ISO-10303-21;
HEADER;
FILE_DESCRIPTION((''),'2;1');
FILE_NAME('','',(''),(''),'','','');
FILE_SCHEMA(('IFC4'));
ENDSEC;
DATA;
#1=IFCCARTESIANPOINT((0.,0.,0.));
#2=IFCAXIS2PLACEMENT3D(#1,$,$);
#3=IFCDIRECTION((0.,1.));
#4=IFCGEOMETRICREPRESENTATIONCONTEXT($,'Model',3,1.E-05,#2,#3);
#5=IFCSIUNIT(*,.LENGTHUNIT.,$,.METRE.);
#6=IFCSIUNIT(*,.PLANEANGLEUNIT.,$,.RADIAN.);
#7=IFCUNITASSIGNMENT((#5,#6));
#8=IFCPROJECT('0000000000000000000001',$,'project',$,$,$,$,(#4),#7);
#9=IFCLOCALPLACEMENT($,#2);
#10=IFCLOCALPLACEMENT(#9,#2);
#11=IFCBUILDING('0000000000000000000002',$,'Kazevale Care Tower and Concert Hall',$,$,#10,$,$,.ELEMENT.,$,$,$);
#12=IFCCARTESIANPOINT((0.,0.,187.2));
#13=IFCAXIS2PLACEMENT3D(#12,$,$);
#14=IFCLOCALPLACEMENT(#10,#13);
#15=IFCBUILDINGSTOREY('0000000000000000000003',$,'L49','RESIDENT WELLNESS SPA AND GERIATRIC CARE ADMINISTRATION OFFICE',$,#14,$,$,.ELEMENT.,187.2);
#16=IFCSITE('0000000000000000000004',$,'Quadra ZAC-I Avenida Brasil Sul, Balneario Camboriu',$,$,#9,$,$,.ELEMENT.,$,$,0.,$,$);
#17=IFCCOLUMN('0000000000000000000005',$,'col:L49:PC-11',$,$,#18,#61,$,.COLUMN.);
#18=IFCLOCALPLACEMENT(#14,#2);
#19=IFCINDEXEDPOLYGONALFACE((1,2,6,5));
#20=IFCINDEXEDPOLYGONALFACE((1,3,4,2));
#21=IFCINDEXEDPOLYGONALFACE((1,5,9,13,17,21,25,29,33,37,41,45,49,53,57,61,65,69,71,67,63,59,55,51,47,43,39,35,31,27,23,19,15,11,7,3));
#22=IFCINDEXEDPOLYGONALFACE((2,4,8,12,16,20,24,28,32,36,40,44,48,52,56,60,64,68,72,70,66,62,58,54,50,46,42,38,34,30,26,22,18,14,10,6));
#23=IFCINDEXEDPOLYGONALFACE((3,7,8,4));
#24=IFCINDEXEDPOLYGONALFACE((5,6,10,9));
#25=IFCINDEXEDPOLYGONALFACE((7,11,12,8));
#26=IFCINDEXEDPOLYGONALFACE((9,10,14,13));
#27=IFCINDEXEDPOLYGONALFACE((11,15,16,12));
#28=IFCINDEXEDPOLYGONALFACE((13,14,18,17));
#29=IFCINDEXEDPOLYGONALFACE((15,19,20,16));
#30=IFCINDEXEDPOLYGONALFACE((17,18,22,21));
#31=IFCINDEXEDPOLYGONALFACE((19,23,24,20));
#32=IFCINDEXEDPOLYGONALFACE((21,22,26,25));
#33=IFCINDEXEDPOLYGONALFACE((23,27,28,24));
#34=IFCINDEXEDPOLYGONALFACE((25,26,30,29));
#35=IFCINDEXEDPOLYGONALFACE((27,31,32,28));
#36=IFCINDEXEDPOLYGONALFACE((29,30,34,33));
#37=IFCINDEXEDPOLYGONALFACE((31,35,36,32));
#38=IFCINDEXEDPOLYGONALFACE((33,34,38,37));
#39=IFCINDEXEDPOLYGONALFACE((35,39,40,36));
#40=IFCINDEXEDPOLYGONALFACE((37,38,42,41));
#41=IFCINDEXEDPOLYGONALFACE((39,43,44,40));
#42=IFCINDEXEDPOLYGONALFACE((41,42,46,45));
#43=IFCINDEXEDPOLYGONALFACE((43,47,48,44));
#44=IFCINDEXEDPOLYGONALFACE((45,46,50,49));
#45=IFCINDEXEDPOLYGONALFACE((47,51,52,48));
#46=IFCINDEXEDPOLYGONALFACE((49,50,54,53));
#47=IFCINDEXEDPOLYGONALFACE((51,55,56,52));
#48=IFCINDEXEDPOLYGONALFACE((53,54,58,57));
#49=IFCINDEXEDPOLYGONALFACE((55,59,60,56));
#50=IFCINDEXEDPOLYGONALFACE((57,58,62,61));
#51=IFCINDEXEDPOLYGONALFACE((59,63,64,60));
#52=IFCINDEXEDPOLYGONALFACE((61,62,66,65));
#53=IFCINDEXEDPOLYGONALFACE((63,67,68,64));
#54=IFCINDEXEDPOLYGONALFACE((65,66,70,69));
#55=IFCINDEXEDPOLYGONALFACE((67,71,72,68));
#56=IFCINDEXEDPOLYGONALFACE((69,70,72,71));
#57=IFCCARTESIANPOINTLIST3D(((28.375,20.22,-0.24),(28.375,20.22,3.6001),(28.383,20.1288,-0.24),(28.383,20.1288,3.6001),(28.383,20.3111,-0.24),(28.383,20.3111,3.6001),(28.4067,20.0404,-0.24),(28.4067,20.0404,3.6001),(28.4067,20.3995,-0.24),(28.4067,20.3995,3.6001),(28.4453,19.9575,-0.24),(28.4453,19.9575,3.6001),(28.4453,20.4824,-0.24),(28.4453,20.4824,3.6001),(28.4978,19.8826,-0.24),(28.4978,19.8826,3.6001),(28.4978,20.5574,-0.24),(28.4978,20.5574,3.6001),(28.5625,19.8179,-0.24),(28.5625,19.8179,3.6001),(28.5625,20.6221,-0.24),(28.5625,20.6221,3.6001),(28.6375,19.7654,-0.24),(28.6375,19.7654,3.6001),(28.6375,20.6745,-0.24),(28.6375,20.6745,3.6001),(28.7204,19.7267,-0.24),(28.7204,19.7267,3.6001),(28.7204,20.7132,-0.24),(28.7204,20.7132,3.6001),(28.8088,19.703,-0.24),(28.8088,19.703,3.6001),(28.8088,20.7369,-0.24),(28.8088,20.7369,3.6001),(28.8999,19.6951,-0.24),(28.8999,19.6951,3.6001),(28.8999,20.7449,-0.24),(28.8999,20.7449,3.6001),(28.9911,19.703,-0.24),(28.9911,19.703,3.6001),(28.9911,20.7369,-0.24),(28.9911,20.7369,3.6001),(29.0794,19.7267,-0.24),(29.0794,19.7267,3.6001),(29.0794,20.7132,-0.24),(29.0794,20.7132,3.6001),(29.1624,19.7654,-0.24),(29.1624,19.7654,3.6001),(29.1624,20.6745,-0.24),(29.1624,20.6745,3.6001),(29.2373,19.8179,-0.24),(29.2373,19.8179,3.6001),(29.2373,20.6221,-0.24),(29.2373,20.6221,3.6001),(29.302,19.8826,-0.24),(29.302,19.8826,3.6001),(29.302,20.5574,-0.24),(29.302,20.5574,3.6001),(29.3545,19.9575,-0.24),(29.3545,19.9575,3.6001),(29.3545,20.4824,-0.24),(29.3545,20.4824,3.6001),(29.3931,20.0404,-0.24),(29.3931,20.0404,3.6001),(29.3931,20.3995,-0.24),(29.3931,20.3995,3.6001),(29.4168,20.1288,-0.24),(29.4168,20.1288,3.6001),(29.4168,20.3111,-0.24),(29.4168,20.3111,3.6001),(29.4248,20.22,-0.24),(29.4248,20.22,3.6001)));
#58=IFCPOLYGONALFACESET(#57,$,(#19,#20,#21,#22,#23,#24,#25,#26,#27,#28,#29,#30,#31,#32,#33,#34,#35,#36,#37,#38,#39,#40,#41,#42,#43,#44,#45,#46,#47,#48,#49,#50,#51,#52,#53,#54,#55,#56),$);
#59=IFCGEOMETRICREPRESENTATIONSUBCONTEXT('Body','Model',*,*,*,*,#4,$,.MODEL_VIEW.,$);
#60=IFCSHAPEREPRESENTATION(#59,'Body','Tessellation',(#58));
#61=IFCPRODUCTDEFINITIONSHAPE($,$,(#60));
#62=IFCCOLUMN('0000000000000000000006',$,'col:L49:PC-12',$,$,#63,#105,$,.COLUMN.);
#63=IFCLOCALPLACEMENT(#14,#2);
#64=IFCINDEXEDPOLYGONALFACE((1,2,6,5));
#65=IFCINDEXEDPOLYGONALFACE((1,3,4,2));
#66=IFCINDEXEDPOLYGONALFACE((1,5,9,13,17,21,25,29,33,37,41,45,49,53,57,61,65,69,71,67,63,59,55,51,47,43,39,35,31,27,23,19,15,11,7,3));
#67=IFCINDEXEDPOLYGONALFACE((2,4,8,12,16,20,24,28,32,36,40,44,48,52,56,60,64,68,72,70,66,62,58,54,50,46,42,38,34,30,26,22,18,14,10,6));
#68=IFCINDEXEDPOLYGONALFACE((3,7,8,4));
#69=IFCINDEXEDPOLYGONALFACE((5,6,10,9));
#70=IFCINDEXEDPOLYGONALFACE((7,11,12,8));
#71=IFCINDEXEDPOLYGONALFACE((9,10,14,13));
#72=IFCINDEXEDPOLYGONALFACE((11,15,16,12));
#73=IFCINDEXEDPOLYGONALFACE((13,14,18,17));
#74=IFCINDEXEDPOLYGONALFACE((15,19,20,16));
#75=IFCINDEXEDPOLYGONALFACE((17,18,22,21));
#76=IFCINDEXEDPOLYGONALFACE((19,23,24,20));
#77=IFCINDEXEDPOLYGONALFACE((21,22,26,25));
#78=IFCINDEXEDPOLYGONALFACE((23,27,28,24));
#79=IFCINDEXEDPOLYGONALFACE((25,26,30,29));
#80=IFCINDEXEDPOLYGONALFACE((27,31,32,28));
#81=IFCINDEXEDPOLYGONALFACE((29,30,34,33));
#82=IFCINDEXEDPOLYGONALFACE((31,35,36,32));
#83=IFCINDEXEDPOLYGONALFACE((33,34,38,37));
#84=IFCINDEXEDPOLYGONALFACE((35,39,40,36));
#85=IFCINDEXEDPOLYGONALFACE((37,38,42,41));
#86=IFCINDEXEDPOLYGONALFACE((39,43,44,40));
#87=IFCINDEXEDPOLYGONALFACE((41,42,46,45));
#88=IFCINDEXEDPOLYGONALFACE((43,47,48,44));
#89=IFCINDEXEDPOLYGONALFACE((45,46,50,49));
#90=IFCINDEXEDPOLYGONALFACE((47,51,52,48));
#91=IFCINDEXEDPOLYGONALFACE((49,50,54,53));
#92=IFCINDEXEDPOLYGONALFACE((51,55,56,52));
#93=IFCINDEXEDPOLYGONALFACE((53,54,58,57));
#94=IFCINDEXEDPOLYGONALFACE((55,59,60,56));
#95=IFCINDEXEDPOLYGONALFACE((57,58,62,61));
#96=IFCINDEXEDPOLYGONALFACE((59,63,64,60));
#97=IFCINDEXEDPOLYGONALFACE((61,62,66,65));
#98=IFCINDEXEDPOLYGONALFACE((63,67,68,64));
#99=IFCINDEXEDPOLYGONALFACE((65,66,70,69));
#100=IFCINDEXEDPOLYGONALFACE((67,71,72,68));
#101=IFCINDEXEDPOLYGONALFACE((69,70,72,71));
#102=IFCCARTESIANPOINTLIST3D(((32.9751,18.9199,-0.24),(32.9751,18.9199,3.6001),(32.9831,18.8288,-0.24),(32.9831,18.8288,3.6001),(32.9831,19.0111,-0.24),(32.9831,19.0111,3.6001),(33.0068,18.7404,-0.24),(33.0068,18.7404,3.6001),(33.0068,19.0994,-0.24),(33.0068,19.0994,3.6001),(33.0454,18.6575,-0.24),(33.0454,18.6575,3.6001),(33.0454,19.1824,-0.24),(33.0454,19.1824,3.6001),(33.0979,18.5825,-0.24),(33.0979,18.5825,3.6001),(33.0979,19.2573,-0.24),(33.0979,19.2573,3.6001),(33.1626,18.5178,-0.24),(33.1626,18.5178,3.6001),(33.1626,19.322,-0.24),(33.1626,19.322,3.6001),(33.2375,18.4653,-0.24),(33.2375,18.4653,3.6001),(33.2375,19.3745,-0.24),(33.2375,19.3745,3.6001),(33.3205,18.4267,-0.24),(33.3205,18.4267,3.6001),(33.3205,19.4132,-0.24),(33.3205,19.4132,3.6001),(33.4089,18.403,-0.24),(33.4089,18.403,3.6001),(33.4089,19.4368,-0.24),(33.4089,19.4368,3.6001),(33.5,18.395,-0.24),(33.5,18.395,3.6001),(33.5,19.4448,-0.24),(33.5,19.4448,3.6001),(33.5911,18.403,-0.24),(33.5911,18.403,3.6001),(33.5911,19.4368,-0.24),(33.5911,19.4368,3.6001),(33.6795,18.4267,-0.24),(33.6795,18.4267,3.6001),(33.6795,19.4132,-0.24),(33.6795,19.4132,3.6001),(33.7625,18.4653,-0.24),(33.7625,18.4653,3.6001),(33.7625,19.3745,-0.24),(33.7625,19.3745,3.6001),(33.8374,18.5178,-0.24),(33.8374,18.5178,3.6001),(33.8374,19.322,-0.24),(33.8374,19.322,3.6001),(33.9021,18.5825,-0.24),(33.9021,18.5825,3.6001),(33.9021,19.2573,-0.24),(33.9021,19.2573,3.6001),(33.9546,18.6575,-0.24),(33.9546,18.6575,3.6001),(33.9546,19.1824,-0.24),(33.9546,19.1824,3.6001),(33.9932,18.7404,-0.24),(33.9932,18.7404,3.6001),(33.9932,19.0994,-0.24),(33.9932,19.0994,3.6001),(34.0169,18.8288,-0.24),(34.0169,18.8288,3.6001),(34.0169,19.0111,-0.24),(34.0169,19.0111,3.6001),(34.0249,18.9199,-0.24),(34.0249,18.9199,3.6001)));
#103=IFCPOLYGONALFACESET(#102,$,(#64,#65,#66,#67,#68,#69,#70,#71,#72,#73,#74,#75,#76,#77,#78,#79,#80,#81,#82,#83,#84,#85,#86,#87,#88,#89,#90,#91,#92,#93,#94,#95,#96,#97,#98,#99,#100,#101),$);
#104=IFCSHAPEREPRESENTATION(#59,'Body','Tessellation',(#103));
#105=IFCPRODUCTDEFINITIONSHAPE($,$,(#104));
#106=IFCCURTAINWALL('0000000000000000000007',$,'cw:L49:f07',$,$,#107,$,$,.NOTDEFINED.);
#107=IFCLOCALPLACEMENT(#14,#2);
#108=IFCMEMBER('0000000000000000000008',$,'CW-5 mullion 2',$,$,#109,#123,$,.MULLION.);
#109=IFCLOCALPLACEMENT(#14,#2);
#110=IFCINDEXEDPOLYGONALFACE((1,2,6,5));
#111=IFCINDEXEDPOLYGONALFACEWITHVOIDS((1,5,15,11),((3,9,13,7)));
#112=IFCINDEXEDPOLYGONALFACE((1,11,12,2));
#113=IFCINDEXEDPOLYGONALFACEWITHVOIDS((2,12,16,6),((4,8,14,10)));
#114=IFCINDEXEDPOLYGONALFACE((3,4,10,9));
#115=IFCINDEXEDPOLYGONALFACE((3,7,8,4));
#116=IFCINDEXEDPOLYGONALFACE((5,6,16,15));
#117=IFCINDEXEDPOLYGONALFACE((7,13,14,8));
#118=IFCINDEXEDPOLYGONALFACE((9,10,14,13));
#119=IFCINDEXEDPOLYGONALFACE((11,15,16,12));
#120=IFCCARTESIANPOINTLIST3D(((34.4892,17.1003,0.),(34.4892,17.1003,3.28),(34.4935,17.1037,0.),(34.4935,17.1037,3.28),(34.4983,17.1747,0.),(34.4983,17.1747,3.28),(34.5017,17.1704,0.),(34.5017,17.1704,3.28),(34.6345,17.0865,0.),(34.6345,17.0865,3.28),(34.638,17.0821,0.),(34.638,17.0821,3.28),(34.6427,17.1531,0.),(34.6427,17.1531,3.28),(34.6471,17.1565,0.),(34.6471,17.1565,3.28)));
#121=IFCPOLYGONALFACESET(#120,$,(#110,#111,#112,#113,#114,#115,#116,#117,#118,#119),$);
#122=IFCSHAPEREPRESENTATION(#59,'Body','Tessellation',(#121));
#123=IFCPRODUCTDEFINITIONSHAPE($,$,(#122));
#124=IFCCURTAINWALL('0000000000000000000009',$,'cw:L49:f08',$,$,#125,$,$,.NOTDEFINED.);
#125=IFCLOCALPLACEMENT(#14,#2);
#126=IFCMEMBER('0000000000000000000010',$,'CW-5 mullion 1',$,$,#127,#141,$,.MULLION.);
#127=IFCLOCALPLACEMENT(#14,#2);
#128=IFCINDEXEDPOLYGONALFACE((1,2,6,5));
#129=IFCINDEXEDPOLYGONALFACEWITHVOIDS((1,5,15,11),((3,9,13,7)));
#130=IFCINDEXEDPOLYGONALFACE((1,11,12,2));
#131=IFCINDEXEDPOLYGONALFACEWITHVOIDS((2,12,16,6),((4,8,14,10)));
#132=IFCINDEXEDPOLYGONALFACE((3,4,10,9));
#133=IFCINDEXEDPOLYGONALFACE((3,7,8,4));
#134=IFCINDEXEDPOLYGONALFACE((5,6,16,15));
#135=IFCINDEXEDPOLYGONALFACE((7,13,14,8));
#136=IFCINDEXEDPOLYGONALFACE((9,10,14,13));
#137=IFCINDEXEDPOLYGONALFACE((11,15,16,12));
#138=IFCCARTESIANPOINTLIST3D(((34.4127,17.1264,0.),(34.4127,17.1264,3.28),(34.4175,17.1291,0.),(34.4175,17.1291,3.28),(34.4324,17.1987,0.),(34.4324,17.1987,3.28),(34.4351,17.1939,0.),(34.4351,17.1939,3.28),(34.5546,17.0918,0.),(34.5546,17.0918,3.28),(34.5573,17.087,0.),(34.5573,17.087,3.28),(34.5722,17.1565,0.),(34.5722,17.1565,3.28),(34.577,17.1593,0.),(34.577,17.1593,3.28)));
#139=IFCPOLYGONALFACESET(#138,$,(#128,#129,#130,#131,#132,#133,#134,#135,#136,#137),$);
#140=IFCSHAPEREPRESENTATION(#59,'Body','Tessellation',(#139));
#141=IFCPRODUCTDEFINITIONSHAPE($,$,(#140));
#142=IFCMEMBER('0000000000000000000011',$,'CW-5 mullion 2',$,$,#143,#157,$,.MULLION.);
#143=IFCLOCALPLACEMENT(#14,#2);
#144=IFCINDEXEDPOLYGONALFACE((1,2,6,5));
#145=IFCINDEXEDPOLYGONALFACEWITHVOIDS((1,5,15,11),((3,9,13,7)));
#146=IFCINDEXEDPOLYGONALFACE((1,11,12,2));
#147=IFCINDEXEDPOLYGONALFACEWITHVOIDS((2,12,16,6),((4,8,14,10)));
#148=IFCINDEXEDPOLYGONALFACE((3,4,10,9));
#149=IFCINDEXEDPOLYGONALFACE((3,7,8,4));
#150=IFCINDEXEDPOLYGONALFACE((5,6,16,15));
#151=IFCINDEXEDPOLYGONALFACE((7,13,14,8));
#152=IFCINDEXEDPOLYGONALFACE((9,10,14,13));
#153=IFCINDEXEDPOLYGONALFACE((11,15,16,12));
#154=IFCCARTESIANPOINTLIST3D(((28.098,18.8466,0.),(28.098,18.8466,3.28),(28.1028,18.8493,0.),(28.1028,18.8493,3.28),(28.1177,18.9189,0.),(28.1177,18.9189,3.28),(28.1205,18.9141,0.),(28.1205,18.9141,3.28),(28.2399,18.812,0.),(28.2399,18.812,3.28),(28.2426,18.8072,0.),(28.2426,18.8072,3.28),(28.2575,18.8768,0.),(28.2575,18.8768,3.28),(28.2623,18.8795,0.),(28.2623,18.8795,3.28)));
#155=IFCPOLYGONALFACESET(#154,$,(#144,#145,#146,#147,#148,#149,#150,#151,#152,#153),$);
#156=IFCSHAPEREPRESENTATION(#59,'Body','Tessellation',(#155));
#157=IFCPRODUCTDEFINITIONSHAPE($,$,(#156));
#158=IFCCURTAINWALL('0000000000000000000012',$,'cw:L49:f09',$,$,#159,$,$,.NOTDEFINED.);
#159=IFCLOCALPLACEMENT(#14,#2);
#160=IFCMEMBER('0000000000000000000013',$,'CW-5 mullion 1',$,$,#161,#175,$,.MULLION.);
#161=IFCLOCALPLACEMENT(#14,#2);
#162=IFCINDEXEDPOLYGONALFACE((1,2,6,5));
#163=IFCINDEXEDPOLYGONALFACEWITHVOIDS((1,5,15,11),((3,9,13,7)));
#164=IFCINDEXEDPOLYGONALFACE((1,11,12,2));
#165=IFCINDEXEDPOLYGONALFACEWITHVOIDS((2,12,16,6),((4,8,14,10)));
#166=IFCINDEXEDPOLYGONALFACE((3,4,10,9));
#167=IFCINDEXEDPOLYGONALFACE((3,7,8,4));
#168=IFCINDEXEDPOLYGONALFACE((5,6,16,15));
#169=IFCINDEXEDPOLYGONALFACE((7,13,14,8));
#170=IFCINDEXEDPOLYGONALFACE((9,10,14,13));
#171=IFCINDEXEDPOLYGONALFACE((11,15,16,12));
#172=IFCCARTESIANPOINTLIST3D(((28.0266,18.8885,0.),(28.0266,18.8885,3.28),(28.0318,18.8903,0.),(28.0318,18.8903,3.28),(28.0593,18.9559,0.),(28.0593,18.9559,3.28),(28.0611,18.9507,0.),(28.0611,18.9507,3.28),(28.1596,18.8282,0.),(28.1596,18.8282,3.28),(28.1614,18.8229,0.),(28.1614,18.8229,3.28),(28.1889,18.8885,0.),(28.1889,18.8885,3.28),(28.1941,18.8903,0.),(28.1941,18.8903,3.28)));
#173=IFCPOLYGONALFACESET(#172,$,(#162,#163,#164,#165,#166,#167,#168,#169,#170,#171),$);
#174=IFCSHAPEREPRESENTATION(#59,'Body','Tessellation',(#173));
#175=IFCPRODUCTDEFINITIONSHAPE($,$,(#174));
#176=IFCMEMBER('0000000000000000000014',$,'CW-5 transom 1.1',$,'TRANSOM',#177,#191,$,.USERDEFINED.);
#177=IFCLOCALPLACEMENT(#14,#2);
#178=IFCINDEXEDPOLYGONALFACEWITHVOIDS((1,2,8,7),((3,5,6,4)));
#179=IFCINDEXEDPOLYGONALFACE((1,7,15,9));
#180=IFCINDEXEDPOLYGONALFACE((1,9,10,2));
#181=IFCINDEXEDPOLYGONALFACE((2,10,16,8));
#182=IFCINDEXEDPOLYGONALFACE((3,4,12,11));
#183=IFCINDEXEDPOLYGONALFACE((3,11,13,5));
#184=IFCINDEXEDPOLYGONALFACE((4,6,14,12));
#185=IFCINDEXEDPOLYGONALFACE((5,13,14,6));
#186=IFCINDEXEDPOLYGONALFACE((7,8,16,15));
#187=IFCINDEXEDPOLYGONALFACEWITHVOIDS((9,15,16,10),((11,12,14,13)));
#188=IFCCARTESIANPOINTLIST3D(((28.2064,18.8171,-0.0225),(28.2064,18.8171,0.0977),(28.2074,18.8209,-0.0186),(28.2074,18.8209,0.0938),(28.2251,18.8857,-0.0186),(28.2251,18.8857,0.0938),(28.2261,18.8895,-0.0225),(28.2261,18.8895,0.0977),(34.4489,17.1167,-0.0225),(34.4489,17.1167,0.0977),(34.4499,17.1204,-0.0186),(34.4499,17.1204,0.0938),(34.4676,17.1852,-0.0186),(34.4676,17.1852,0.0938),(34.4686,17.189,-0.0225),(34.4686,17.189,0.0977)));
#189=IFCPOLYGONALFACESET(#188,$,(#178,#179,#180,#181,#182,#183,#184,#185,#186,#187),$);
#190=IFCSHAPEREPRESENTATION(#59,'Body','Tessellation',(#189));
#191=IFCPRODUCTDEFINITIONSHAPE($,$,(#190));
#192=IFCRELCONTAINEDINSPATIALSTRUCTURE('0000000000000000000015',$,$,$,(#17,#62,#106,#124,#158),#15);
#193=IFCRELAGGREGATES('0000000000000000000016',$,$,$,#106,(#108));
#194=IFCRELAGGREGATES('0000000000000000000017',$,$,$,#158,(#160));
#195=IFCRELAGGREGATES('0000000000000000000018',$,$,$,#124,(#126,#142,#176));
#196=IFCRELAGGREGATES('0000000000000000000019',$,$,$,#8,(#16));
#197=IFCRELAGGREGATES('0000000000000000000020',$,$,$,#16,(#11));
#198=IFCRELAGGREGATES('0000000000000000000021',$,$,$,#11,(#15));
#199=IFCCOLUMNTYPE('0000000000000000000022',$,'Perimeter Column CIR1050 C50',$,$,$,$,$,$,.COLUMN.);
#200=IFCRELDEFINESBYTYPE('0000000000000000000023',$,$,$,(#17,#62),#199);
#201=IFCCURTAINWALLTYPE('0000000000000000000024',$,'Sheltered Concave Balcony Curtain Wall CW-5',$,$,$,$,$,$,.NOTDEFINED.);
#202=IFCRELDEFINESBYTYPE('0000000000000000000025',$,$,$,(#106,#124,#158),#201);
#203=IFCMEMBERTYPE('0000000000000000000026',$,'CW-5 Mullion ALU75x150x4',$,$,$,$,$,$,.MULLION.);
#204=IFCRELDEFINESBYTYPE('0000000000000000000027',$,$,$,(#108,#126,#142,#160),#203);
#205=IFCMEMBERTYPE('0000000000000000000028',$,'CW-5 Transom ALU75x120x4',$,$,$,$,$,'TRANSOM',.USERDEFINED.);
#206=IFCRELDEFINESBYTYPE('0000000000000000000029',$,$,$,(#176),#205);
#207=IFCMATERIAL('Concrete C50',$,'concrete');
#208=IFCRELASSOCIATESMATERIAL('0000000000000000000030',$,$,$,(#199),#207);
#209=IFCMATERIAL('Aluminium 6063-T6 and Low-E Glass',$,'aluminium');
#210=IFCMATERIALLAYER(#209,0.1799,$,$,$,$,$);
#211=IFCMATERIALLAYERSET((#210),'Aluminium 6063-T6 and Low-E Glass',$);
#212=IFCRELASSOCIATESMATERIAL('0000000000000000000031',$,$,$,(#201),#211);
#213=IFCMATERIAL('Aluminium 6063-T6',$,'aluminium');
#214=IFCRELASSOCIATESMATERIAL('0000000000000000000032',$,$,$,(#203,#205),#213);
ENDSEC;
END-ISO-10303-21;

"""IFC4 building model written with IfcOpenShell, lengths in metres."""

from ifc_helpers import new_model, si_unit, direction, frame, origin, origin_2d, place, context, subcontext, project, spatial, hollow_rectangle, circle, extrude, material, layer, layer_set, material_profile, profile_set, type_object, element, aggregate, save


model = new_model("IFC4")

# Units and contexts
model_context = context("Model", 3, precision=1e-05, world=origin(), true_north=direction((0.0, 1.0)))
body_context = subcontext(model_context, "Body", "Model", "MODEL_VIEW")
ifc_project = project(units=[si_unit("LENGTHUNIT", "METRE"), si_unit("PLANEANGLEUNIT", "RADIAN")], contexts=[model_context])

# Site, building, storey
site_placement = place(None, origin())
site = spatial("IfcSite", under=ifc_project, at=site_placement, Name="Quadra ZAC-I Avenida Brasil Sul, Balneario Camboriu", CompositionType="ELEMENT", RefElevation=0.0)
building_placement = place(site_placement, origin())
building = spatial("IfcBuilding", under=site, at=building_placement, Name="Kazevale Care Tower and Concert Hall", CompositionType="ELEMENT")
storey_placement = place(building_placement, frame((0.0, 0.0, 187.2)))
storey = spatial("IfcBuildingStorey", under=building, at=storey_placement, Name="L49", Description="RESIDENT WELLNESS SPA AND GERIATRIC CARE ADMINISTRATION OFFICE", CompositionType="ELEMENT", Elevation=187.2)

# Columns
ifc_material_1 = material(Name="Concrete C50", Category="concrete")
ifc_material_profile_1 = material_profile(ifc_material_1, circle(Radius=0.5249, at=origin_2d()), Name="RC-CIR1050")
ifc_profile_set_1 = profile_set([ifc_material_profile_1], Name="Concrete C50")
column_type = type_object("IfcColumnType", Name="Perimeter Column CIR1050 C50", PredefinedType="COLUMN", material=ifc_profile_set_1)
for number, where, z_axis, x_axis, name in (
    (1, (28.8999, 20.22, -0.24), (0.0, 0.0, 1.0), (1.0, 0.0, 0.0), "col:L49:PC-11"),
    (2, (33.5, 18.9199, -0.24), (0.0, 0.0, 1.0), (1.0, 0.0, 0.0), "col:L49:PC-12"),
):
    element("IfcColumn", number, at=place(storey_placement, frame(where, z_axis=z_axis, x_axis=x_axis)), inside=storey, type_object=column_type, Name=name, PredefinedType="COLUMN", context=body_context, shape_type="SweptSolid", body=[
        extrude(circle(Radius=0.5249, at=origin_2d()), origin(), (0.0, 0.0, 1.0), 3.8401),
    ])

# Curtain wall, member
ifc_material_2 = material(Name="Aluminium 6063-T6 and Low-E Glass", Category="aluminium")
ifc_layer_1 = layer(ifc_material_2, 0.1799)
ifc_layer_set_1 = layer_set([ifc_layer_1], Name="Aluminium 6063-T6 and Low-E Glass")
curtain_wall_type = type_object("IfcCurtainWallType", Name="Sheltered Concave Balcony Curtain Wall CW-5", PredefinedType="NOTDEFINED", material=ifc_layer_set_1)
curtain_wall_1_placement = place(storey_placement, origin())
curtain_wall_1 = element("IfcCurtainWall", 3, at=curtain_wall_1_placement, inside=storey, type_object=curtain_wall_type, Name="cw:L49:f07", PredefinedType="NOTDEFINED")
ifc_material_3 = material(Name="Aluminium 6063-T6", Category="aluminium")
ifc_material_profile_2 = material_profile(ifc_material_3, hollow_rectangle(XDim=0.075, YDim=0.1499, WallThickness=0.0039, at=origin_2d()), Name="ALU75x150x4")
ifc_profile_set_2 = profile_set([ifc_material_profile_2], Name="Aluminium 6063-T6")
member_type_1 = type_object("IfcMemberType", Name="CW-5 Mullion ALU75x150x4", PredefinedType="MULLION", material=ifc_profile_set_2)
member_1_placement = place(storey_placement, frame((34.5681, 17.1284, 0.0), z_axis=(0.0, 0.0, 1.0), x_axis=(-0.121651, -0.992573, 0.0)))
member_1 = element("IfcMember", 4, at=member_1_placement, type_object=member_type_1, Name="CW-5 mullion 2", PredefinedType="MULLION", context=body_context, shape_type="SweptSolid", body=[
    extrude(hollow_rectangle(XDim=0.075, YDim=0.1499, WallThickness=0.0039, at=origin_2d()), origin(), (0.0, 0.0, 1.0), 3.28),
])
aggregate(curtain_wall_1, [member_1])

# Curtain wall, members
curtain_wall_2_placement = place(storey_placement, origin())
curtain_wall_2 = element("IfcCurtainWall", 5, at=curtain_wall_2_placement, inside=storey, type_object=curtain_wall_type, Name="cw:L49:f08", PredefinedType="NOTDEFINED")
member_2_placement = place(storey_placement, frame((34.4949, 17.1428, 0.0), z_axis=(0.0, 0.0, 1.0), x_axis=(-0.262849, -0.964837, 0.0)))
member_2 = element("IfcMember", 6, at=member_2_placement, type_object=member_type_1, Name="CW-5 mullion 1", PredefinedType="MULLION", context=body_context, shape_type="SweptSolid", body=[
    extrude(hollow_rectangle(XDim=0.075, YDim=0.1499, WallThickness=0.0039, at=origin_2d()), origin(), (0.0, 0.0, 1.0), 3.28),
])
member_3_placement = place(storey_placement, frame((28.1802, 18.863, 0.0), z_axis=(0.0, 0.0, 1.0), x_axis=(-0.262849, -0.964837, 0.0)))
member_3 = element("IfcMember", 7, at=member_3_placement, type_object=member_type_1, Name="CW-5 mullion 2", PredefinedType="MULLION", context=body_context, shape_type="SweptSolid", body=[
    extrude(hollow_rectangle(XDim=0.075, YDim=0.1499, WallThickness=0.0039, at=origin_2d()), origin(), (0.0, 0.0, 1.0), 3.28),
])

# Curtain wall, member
curtain_wall_3_placement = place(storey_placement, origin())
curtain_wall_3 = element("IfcCurtainWall", 8, at=curtain_wall_3_placement, inside=storey, type_object=curtain_wall_type, Name="cw:L49:f09", PredefinedType="NOTDEFINED")
member_4_placement = place(storey_placement, frame((28.1104, 18.8894, 0.0), z_axis=(0.0, 0.0, 1.0), x_axis=(-0.437238, -0.899346, 0.0)))
member_4 = element("IfcMember", 9, at=member_4_placement, type_object=member_type_1, Name="CW-5 mullion 1", PredefinedType="MULLION", context=body_context, shape_type="SweptSolid", body=[
    extrude(hollow_rectangle(XDim=0.075, YDim=0.1499, WallThickness=0.0039, at=origin_2d()), origin(), (0.0, 0.0, 1.0), 3.28),
])

# Member
ifc_material_profile_3 = material_profile(ifc_material_3, hollow_rectangle(XDim=0.075, YDim=0.1201, WallThickness=0.0039, at=origin_2d()), Name="ALU75x120x4")
ifc_profile_set_3 = profile_set([ifc_material_profile_3], Name="Aluminium 6063-T6")
member_type_2 = type_object("IfcMemberType", Name="CW-5 Transom ALU75x120x4", ElementType="TRANSOM", PredefinedType="USERDEFINED", material=ifc_profile_set_3)
member_5_placement = place(storey_placement, frame((34.4587, 17.1528, 0.0376), z_axis=(-0.964844, 0.262824, 0.0), x_axis=(-0.262824, -0.964844, 0.0)))
member_5 = element("IfcMember", 10, at=member_5_placement, type_object=member_type_2, Name="CW-5 transom 1.1", ObjectType="TRANSOM", PredefinedType="USERDEFINED", context=body_context, shape_type="SweptSolid", body=[
    extrude(hollow_rectangle(XDim=0.075, YDim=0.1201, WallThickness=0.0039, at=origin_2d()), origin(), (0.0, 0.0, 1.0), 6.47),
])
aggregate(curtain_wall_3, [member_4])

aggregate(curtain_wall_2, [member_2, member_3, member_5])

save(model, "model.ifc")
